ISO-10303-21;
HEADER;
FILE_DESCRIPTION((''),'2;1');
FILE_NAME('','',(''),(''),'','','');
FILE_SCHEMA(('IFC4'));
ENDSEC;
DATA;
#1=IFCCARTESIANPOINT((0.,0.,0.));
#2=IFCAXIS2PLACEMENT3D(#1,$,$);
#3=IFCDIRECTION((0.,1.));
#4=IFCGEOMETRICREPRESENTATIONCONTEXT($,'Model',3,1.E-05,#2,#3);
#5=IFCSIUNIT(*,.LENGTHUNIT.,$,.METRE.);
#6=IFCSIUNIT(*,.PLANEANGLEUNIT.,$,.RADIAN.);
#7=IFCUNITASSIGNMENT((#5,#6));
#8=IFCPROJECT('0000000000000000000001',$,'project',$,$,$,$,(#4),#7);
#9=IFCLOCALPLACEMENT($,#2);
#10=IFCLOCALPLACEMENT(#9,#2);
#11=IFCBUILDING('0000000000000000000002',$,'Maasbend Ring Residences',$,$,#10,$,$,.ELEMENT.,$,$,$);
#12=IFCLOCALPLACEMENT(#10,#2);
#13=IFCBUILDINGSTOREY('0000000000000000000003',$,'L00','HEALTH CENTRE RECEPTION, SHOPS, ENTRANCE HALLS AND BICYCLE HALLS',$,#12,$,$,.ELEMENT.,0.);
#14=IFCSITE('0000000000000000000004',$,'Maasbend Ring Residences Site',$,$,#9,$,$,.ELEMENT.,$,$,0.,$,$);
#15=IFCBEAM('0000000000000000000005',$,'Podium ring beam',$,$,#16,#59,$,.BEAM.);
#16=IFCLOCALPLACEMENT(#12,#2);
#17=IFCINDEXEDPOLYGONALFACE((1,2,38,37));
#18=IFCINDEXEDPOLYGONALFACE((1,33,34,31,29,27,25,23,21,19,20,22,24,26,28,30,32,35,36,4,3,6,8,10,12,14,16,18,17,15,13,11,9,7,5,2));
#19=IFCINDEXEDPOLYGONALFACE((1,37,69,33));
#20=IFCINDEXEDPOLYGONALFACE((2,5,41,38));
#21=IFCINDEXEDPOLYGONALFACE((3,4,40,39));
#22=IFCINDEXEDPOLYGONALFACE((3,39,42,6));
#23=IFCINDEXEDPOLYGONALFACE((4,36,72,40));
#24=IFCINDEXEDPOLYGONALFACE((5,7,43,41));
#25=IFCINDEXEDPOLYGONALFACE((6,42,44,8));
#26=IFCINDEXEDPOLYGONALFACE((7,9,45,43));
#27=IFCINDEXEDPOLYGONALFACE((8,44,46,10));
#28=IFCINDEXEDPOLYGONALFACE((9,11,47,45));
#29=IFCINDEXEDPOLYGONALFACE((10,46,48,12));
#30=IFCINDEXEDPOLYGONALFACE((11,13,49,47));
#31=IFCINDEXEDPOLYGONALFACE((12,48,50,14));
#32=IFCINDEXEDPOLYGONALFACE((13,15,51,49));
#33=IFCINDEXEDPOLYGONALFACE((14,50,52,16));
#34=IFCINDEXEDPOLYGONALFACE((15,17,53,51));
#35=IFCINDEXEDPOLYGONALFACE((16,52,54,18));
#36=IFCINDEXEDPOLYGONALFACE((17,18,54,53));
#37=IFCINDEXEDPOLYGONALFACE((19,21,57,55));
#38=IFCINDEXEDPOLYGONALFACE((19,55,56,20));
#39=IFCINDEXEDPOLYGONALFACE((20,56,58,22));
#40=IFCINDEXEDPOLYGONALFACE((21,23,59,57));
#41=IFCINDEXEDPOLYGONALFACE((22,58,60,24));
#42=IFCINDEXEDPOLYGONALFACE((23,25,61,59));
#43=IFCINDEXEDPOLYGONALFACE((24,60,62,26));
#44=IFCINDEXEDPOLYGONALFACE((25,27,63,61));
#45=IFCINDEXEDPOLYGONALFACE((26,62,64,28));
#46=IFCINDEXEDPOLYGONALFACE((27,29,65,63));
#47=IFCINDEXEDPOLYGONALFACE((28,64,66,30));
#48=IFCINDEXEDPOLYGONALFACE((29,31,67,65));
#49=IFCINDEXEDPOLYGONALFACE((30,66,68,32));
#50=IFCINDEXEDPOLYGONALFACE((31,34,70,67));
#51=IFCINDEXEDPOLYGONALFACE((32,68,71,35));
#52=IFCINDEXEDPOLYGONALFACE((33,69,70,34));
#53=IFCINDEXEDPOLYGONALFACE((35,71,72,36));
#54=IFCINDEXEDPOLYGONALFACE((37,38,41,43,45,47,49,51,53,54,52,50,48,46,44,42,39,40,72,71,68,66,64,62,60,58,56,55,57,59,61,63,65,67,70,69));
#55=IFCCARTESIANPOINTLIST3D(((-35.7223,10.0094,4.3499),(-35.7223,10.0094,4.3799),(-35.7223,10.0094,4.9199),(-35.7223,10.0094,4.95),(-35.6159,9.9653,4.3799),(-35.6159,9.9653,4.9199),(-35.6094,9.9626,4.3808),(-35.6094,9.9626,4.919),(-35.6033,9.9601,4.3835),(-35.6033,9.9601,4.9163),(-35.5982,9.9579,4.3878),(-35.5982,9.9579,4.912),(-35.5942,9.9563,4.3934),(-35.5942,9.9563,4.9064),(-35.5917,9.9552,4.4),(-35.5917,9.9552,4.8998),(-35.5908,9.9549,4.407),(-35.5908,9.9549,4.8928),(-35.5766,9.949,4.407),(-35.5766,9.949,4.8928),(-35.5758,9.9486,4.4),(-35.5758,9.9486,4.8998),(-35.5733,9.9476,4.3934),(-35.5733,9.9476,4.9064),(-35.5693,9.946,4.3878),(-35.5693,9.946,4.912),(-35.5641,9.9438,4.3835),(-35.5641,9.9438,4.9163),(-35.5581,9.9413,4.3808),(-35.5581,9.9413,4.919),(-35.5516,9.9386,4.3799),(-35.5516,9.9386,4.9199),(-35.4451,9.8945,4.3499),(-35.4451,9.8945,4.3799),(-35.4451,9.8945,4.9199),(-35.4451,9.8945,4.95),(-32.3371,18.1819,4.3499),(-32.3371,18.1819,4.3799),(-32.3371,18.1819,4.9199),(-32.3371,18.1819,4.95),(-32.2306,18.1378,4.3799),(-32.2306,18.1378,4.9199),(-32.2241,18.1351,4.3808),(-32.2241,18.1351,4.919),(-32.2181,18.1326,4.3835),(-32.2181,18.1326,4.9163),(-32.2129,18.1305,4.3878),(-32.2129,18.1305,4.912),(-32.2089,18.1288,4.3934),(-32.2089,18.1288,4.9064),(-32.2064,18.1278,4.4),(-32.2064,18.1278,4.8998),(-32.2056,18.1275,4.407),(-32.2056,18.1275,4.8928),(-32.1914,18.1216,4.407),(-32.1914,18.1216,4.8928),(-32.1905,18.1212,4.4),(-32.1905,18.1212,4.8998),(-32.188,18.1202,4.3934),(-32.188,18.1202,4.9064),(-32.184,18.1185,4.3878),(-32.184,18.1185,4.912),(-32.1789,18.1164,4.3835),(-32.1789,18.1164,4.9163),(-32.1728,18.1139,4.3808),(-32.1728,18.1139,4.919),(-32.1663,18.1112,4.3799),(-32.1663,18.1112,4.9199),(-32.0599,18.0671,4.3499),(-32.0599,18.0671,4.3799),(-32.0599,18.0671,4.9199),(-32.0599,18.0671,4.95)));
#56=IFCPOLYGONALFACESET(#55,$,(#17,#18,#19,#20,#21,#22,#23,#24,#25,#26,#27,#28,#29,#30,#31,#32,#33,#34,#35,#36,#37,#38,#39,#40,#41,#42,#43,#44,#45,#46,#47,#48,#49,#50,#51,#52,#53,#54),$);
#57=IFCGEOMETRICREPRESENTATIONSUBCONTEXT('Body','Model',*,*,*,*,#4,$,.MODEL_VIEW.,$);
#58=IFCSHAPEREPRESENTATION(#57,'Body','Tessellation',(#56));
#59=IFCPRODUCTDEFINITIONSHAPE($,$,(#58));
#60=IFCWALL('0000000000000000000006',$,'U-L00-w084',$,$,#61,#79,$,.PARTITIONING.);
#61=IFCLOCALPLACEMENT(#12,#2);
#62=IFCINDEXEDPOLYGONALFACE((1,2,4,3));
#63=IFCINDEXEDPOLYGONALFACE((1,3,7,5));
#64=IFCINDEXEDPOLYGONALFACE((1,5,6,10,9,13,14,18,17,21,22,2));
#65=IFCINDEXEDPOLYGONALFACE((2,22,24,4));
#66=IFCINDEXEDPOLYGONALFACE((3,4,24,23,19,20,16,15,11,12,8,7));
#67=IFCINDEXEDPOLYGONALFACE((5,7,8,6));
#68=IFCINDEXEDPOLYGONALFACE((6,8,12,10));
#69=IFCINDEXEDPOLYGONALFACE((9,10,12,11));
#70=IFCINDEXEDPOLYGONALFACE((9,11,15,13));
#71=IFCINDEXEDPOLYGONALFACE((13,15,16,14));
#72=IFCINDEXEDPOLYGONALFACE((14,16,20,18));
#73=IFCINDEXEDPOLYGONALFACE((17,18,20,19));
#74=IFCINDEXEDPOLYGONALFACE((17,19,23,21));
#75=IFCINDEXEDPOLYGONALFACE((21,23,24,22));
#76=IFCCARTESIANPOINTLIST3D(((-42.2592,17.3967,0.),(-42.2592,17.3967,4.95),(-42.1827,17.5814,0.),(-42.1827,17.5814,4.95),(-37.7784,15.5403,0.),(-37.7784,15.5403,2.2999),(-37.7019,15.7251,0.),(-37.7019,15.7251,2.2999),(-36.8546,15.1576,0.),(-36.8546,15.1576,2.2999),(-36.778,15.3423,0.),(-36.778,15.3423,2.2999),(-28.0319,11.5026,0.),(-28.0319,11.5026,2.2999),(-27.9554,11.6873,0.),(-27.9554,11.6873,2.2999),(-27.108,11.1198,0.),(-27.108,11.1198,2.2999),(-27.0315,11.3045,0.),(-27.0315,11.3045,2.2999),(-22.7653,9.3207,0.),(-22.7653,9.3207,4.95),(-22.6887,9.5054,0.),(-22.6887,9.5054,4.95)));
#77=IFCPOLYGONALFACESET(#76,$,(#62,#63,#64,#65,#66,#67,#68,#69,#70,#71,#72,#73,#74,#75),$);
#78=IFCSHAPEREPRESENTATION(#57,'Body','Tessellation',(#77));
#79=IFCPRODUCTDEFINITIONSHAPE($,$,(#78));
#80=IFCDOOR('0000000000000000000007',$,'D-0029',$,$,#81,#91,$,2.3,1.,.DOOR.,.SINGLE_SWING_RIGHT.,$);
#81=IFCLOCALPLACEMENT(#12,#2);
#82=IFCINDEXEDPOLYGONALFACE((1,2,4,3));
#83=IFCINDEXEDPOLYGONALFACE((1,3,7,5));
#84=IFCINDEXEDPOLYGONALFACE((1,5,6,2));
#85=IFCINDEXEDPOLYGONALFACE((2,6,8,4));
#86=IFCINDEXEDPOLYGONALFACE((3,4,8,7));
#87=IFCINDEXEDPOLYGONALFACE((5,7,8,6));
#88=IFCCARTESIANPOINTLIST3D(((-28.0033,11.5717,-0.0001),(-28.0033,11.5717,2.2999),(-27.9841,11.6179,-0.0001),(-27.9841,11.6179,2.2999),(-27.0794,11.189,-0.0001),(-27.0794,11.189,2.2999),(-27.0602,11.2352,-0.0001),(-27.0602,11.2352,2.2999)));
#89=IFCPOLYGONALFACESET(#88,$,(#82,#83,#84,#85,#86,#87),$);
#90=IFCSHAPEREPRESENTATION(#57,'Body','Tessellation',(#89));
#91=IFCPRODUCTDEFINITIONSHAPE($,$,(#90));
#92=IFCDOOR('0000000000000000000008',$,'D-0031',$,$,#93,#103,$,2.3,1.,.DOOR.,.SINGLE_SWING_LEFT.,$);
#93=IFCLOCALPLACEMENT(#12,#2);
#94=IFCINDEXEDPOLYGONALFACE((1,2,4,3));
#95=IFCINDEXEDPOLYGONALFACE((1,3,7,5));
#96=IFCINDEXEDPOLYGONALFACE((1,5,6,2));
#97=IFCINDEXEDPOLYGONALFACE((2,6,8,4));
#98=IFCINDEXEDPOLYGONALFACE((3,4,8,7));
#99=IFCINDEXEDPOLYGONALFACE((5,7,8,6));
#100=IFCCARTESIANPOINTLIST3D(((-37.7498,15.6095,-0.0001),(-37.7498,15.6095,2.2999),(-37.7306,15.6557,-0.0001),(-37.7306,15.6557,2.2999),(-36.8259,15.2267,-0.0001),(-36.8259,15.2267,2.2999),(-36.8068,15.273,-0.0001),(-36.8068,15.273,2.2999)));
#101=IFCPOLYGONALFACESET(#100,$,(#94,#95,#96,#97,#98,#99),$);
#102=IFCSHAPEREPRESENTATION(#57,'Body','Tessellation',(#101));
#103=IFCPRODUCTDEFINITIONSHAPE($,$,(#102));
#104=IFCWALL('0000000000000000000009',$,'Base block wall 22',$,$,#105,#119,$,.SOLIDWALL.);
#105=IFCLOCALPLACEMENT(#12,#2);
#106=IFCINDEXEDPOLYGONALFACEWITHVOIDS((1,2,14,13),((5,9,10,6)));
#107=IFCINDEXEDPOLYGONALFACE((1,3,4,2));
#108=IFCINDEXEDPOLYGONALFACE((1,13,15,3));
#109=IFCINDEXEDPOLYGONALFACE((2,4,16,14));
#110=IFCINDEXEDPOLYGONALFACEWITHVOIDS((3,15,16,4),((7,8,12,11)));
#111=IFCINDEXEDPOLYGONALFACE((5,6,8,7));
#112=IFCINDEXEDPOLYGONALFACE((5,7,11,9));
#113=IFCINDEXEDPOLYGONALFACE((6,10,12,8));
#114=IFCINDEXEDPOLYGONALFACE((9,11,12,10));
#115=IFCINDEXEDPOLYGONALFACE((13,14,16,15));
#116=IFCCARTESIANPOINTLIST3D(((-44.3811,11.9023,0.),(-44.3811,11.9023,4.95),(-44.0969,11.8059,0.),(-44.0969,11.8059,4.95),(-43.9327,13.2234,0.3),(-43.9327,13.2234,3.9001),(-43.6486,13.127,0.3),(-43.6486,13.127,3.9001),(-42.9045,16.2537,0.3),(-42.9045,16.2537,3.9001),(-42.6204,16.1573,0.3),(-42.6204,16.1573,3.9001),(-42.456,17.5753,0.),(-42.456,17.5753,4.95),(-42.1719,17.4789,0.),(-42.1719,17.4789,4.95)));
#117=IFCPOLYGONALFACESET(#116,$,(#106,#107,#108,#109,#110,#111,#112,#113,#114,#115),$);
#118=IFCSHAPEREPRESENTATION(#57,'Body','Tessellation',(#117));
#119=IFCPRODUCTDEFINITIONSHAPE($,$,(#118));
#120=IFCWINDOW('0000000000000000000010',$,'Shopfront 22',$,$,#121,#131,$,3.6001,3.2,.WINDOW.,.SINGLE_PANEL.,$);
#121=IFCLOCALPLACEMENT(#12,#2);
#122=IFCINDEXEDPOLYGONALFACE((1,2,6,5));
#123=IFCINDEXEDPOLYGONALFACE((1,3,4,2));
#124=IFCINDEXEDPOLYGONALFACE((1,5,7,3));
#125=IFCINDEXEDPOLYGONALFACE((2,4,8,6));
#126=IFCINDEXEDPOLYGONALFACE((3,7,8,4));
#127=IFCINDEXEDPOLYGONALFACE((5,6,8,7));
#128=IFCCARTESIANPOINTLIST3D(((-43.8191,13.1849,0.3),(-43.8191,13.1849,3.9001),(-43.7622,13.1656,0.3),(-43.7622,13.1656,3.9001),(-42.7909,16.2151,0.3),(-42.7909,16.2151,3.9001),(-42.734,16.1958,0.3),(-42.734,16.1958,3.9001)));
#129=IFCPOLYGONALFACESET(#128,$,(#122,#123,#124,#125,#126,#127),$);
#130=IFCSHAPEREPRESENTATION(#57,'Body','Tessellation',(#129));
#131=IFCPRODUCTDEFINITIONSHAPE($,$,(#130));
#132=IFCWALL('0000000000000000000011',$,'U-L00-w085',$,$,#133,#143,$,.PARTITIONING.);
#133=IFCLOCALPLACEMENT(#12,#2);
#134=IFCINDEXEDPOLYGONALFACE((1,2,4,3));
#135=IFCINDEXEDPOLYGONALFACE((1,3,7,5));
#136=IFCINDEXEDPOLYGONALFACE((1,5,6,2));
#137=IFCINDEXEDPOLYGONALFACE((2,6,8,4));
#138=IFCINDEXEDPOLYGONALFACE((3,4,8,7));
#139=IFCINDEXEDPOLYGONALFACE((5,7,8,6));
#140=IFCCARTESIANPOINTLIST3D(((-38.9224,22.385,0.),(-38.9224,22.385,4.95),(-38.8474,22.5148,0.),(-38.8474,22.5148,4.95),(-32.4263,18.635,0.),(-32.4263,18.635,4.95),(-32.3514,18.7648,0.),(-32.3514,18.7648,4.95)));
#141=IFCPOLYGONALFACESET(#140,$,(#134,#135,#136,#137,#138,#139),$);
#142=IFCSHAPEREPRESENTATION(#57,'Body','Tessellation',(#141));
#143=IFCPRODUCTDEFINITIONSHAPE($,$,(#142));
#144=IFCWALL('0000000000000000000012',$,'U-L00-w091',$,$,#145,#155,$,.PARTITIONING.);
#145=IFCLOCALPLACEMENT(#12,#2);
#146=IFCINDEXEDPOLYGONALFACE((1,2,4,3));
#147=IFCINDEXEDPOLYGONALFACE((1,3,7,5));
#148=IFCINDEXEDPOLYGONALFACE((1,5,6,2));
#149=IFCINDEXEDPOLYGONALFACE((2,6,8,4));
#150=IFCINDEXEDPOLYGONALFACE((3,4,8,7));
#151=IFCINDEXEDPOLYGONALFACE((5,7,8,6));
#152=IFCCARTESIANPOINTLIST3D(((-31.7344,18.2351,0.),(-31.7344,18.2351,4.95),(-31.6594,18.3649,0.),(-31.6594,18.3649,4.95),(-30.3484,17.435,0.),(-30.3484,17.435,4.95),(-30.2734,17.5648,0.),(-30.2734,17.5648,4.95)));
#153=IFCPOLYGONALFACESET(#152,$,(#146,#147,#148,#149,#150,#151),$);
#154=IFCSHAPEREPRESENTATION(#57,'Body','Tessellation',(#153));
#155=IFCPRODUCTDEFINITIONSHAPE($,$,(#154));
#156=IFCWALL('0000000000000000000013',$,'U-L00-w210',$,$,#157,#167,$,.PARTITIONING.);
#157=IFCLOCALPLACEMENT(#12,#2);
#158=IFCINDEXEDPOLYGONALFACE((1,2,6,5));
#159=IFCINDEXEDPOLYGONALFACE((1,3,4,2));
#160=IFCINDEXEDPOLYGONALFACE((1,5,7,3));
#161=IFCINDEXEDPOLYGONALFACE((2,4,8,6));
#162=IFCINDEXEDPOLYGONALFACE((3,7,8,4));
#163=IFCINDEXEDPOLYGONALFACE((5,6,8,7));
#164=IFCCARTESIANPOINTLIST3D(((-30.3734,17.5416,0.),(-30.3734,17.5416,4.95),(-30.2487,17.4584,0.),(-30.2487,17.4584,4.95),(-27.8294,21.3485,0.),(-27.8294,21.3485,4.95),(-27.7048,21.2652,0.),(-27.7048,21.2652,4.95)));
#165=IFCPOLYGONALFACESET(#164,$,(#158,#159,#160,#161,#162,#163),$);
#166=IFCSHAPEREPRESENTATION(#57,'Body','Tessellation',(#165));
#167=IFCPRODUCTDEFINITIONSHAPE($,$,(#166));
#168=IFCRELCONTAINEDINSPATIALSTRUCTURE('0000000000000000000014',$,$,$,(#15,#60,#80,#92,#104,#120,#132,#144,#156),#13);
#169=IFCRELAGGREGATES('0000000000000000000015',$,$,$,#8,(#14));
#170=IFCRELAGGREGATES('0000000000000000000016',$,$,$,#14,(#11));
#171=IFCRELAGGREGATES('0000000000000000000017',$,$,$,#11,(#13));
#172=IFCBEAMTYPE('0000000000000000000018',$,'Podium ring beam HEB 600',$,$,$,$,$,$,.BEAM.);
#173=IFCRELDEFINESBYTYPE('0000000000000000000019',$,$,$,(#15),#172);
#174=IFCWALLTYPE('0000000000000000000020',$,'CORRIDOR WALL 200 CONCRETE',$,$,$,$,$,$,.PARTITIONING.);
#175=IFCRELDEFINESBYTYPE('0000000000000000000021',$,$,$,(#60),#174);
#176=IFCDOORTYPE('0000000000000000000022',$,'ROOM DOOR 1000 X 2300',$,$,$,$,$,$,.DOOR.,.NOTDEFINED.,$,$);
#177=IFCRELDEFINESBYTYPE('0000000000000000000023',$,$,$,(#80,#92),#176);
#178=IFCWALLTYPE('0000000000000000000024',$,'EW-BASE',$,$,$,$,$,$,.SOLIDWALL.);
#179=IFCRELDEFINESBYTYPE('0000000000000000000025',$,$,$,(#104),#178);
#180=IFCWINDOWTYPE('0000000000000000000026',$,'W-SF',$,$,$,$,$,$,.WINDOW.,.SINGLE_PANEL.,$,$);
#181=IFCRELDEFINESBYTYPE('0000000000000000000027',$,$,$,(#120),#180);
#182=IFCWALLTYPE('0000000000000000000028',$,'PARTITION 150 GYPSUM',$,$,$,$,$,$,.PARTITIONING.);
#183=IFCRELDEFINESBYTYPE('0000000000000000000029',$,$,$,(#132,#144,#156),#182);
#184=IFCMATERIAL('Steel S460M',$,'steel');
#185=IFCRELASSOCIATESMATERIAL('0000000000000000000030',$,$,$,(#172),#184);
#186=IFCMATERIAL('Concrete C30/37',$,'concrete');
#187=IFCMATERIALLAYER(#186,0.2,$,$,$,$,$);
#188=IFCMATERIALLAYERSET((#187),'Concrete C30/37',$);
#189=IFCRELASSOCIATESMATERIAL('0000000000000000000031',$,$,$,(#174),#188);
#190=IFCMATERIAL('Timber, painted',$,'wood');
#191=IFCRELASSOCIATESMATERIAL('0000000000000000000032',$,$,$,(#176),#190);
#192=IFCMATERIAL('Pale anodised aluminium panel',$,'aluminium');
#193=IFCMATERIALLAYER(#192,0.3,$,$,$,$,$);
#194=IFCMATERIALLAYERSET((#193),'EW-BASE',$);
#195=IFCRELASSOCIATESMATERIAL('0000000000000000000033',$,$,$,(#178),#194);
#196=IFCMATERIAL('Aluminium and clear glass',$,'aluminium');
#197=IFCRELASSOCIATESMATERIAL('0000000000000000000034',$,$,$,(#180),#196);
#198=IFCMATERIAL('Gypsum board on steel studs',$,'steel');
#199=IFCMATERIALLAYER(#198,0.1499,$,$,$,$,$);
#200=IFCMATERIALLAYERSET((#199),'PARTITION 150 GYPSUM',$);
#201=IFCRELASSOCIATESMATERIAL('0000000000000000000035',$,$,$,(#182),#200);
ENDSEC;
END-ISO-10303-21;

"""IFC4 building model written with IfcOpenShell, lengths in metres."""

from ifc_helpers import new_model, si_unit, direction, frame, frame_2d, origin, origin_2d, place, context, subcontext, project, spatial, rectangle, i_section, extrude, material, layer, layer_set, material_profile, profile_set, type_object, element, fill, save


model = new_model("IFC4")

# Units and contexts
model_context = context("Model", 3, precision=1e-05, world=origin(), true_north=direction((0.0, 1.0)))
body_context = subcontext(model_context, "Body", "Model", "MODEL_VIEW")
ifc_project = project(units=[si_unit("LENGTHUNIT", "METRE"), si_unit("PLANEANGLEUNIT", "RADIAN")], contexts=[model_context])

# Site, building, storey
site_placement = place(None, origin())
site = spatial("IfcSite", under=ifc_project, at=site_placement, Name="Maasbend Ring Residences Site", CompositionType="ELEMENT", RefElevation=0.0)
building_placement = place(site_placement, origin())
building = spatial("IfcBuilding", under=site, at=building_placement, Name="Maasbend Ring Residences", CompositionType="ELEMENT")
storey_placement = place(building_placement, origin())
storey = spatial("IfcBuildingStorey", under=building, at=storey_placement, Name="L00", Description="HEALTH CENTRE RECEPTION, SHOPS, ENTRANCE HALLS AND BICYCLE HALLS", CompositionType="ELEMENT", Elevation=0.0)

# Beam
ifc_material_1 = material(Name="Steel S460M", Category="steel")
ifc_material_profile_1 = material_profile(ifc_material_1, i_section(OverallWidth=0.3, OverallDepth=0.6001, WebThickness=0.0154, FlangeThickness=0.03, FilletRadius=0.0271, at=origin_2d()), Name="HEB 600")
ifc_profile_set_1 = profile_set([ifc_material_profile_1], Name="Steel S460M")
beam_type_1 = type_object("IfcBeamType", Name="Podium ring beam HEB 600", PredefinedType="BEAM", material=ifc_profile_set_1)
beam_1_placement = place(storey_placement, frame((-32.1985, 18.1245, 4.6499), z_axis=(-0.382688, -0.923878, 0.0), x_axis=(0.923878, -0.382688, 0.0)))
element("IfcBeam", 1, at=beam_1_placement, inside=storey, type_object=beam_type_1, Name="Podium ring beam", PredefinedType="BEAM", context=body_context, shape_type="SweptSolid", body=[
    extrude(i_section(OverallWidth=0.3, OverallDepth=0.6001, WebThickness=0.0154, FlangeThickness=0.03, FilletRadius=0.0271, at=origin_2d()), origin(), (0.0, 0.0, 1.0), 8.8459),
])

# Wall, openings, doors
ifc_material_2 = material(Name="Concrete C30/37", Category="concrete")
ifc_layer_1 = layer(ifc_material_2, 0.2)
ifc_layer_set_1 = layer_set([ifc_layer_1], Name="Concrete C30/37")
wall_type_1 = type_object("IfcWallType", Name="CORRIDOR WALL 200 CONCRETE", PredefinedType="PARTITIONING", material=ifc_layer_set_1)
wall_1_placement = place(storey_placement, frame((-42.2209, 17.489, 0.0), z_axis=(0.0, 0.0, 1.0), x_axis=(0.923858, -0.382736, 0.0)))
wall_1 = element("IfcWall", 2, at=wall_1_placement, inside=storey, type_object=wall_type_1, Name="U-L00-w084", PredefinedType="PARTITIONING", context=body_context, shape_type="SweptSolid", body=[
    extrude(rectangle(XDim=21.1006, YDim=0.2, at=frame_2d((10.5503, 0.0))), origin(), (0.0, 0.0, 1.0), 4.95),
])
opening_1_placement = place(wall_1_placement, frame((15.3999, 0.0, 0.0)))
opening_1 = element("IfcOpeningElement", 3, at=opening_1_placement, cuts=wall_1, PredefinedType="OPENING", context=body_context, shape_type="SweptSolid", body=[
    extrude(rectangle(XDim=1.0, YDim=2.3, at=frame_2d((0.5, 1.1499))), frame((0.0, 0.1099, 0.0), z_axis=(0.0, -1.0, 0.0), x_axis=(1.0, 0.0, 0.0)), (0.0, 0.0, 1.0), 0.22),
])
opening_2_placement = place(wall_1_placement, frame((4.8501, 0.0, 0.0)))
opening_2 = element("IfcOpeningElement", 4, at=opening_2_placement, cuts=wall_1, PredefinedType="OPENING", context=body_context, shape_type="SweptSolid", body=[
    extrude(rectangle(XDim=1.0, YDim=2.3, at=frame_2d((0.5, 1.1499))), frame((0.0, 0.1099, 0.0), z_axis=(0.0, -1.0, 0.0), x_axis=(1.0, 0.0, 0.0)), (0.0, 0.0, 1.0), 0.22),
])
ifc_material_3 = material(Name="Timber, painted", Category="wood")
door_type = type_object("IfcDoorType", Name="ROOM DOOR 1000 X 2300", OperationType="NOTDEFINED", PredefinedType="DOOR", material=ifc_material_3)
door_1_placement = place(opening_1_placement, origin())
door_1 = element("IfcDoor", 5, at=door_1_placement, inside=storey, type_object=door_type, Name="D-0029", OperationType="SINGLE_SWING_RIGHT", OverallHeight=2.3, OverallWidth=1.0, PredefinedType="DOOR", context=body_context, shape_type="SweptSolid", body=[
    extrude(rectangle(XDim=1.0, YDim=2.3, at=frame_2d((0.5, 1.1499))), frame((0.0, 0.0249, 0.0), z_axis=(0.0, -1.0, 0.0), x_axis=(1.0, 0.0, 0.0)), (0.0, 0.0, 1.0), 0.05),
])
fill(opening_1, door_1)
door_2_placement = place(opening_2_placement, origin())
door_2 = element("IfcDoor", 6, at=door_2_placement, inside=storey, type_object=door_type, Name="D-0031", OperationType="SINGLE_SWING_LEFT", OverallHeight=2.3, OverallWidth=1.0, PredefinedType="DOOR", context=body_context, shape_type="SweptSolid", body=[
    extrude(rectangle(XDim=1.0, YDim=2.3, at=frame_2d((0.5, 1.1499))), frame((0.0, 0.0249, 0.0), z_axis=(0.0, -1.0, 0.0), x_axis=(1.0, 0.0, 0.0)), (0.0, 0.0, 1.0), 0.05),
])
fill(opening_2, door_2)

# Wall, opening, window
ifc_material_4 = material(Name="Pale anodised aluminium panel", Category="aluminium")
ifc_layer_2 = layer(ifc_material_4, 0.3)
ifc_layer_set_2 = layer_set([ifc_layer_2], Name="EW-BASE")
wall_type_2 = type_object("IfcWallType", Name="EW-BASE", PredefinedType="SOLIDWALL", material=ifc_layer_set_2)
wall_2_placement = place(storey_placement, frame((-42.314, 17.5271, 0.0), z_axis=(0.0, 0.0, 1.0), x_axis=(-0.321334, -0.946966, 0.0)))
wall_2 = element("IfcWall", 7, at=wall_2_placement, inside=storey, type_object=wall_type_2, Name="Base block wall 22", PredefinedType="SOLIDWALL", context=body_context, shape_type="SweptSolid", body=[
    extrude(rectangle(XDim=5.9907, YDim=0.3, at=frame_2d((2.9954, 0.0))), origin(), (0.0, 0.0, 1.0), 4.95),
])
opening_3_placement = place(wall_2_placement, frame((1.3955, 0.0, 0.3)))
opening_3 = element("IfcOpeningElement", 8, at=opening_3_placement, cuts=wall_2, PredefinedType="OPENING", context=body_context, shape_type="SweptSolid", body=[
    extrude(rectangle(XDim=3.2, YDim=3.6001, at=frame_2d((1.6001, 1.8))), frame((0.0, 0.1602, 0.0), z_axis=(0.0, -1.0, 0.0), x_axis=(1.0, 0.0, 0.0)), (0.0, 0.0, 1.0), 0.3201),
])
ifc_material_5 = material(Name="Aluminium and clear glass", Category="aluminium")
window_type = type_object("IfcWindowType", Name="W-SF", PartitioningType="SINGLE_PANEL", PredefinedType="WINDOW", material=ifc_material_5)
window_placement = place(opening_3_placement, origin())
window = element("IfcWindow", 9, at=window_placement, inside=storey, type_object=window_type, Name="Shopfront 22", OverallHeight=3.6001, OverallWidth=3.2, PartitioningType="SINGLE_PANEL", PredefinedType="WINDOW", context=body_context, shape_type="SweptSolid", body=[
    extrude(rectangle(XDim=3.2, YDim=3.6001, at=frame_2d((1.6001, 1.8))), frame((0.0, 0.03, 0.0), z_axis=(0.0, -1.0, 0.0), x_axis=(1.0, 0.0, 0.0)), (0.0, 0.0, 1.0), 0.0601),
])
fill(opening_3, window)

# Walls
ifc_material_6 = material(Name="Gypsum board on steel studs", Category="steel")
ifc_layer_3 = layer(ifc_material_6, 0.1499)
ifc_layer_set_3 = layer_set([ifc_layer_3], Name="PARTITION 150 GYPSUM")
wall_type_3 = type_object("IfcWallType", Name="PARTITION 150 GYPSUM", PredefinedType="PARTITIONING", material=ifc_layer_set_3)
wall_3_placement = place(storey_placement, frame((-38.885, 22.45, 0.0), z_axis=(0.0, 0.0, 1.0), x_axis=(0.866056, -0.499948, 0.0)))
element("IfcWall", 10, at=wall_3_placement, inside=storey, type_object=wall_type_3, Name="U-L00-w085", PredefinedType="PARTITIONING", context=body_context, shape_type="SweptSolid", body=[
    extrude(rectangle(XDim=7.5007, YDim=0.1499, at=frame_2d((3.7505, 0.0))), origin(), (0.0, 0.0, 1.0), 4.95),
])
wall_4_placement = place(storey_placement, frame((-31.697, 18.3, 0.0), z_axis=(0.0, 0.0, 1.0), x_axis=(0.866066, -0.499929, 0.0)))
element("IfcWall", 11, at=wall_4_placement, inside=storey, type_object=wall_type_3, Name="U-L00-w091", PredefinedType="PARTITIONING", context=body_context, shape_type="SweptSolid", body=[
    extrude(rectangle(XDim=1.6003, YDim=0.1499, at=frame_2d((0.8003, 0.0))), origin(), (0.0, 0.0, 1.0), 4.95),
])
wall_5_placement = place(storey_placement, frame((-30.311, 17.5, 0.0), z_axis=(0.0, 0.0, 1.0), x_axis=(0.55561, 0.831443, 0.0)))
element("IfcWall", 12, at=wall_5_placement, inside=storey, type_object=wall_type_3, Name="U-L00-w210", PredefinedType="PARTITIONING", context=body_context, shape_type="SweptSolid", body=[
    extrude(rectangle(XDim=4.5786, YDim=0.1499, at=frame_2d((2.2893, 0.0))), origin(), (0.0, 0.0, 1.0), 4.95),
])

save(model, "model.ifc")
